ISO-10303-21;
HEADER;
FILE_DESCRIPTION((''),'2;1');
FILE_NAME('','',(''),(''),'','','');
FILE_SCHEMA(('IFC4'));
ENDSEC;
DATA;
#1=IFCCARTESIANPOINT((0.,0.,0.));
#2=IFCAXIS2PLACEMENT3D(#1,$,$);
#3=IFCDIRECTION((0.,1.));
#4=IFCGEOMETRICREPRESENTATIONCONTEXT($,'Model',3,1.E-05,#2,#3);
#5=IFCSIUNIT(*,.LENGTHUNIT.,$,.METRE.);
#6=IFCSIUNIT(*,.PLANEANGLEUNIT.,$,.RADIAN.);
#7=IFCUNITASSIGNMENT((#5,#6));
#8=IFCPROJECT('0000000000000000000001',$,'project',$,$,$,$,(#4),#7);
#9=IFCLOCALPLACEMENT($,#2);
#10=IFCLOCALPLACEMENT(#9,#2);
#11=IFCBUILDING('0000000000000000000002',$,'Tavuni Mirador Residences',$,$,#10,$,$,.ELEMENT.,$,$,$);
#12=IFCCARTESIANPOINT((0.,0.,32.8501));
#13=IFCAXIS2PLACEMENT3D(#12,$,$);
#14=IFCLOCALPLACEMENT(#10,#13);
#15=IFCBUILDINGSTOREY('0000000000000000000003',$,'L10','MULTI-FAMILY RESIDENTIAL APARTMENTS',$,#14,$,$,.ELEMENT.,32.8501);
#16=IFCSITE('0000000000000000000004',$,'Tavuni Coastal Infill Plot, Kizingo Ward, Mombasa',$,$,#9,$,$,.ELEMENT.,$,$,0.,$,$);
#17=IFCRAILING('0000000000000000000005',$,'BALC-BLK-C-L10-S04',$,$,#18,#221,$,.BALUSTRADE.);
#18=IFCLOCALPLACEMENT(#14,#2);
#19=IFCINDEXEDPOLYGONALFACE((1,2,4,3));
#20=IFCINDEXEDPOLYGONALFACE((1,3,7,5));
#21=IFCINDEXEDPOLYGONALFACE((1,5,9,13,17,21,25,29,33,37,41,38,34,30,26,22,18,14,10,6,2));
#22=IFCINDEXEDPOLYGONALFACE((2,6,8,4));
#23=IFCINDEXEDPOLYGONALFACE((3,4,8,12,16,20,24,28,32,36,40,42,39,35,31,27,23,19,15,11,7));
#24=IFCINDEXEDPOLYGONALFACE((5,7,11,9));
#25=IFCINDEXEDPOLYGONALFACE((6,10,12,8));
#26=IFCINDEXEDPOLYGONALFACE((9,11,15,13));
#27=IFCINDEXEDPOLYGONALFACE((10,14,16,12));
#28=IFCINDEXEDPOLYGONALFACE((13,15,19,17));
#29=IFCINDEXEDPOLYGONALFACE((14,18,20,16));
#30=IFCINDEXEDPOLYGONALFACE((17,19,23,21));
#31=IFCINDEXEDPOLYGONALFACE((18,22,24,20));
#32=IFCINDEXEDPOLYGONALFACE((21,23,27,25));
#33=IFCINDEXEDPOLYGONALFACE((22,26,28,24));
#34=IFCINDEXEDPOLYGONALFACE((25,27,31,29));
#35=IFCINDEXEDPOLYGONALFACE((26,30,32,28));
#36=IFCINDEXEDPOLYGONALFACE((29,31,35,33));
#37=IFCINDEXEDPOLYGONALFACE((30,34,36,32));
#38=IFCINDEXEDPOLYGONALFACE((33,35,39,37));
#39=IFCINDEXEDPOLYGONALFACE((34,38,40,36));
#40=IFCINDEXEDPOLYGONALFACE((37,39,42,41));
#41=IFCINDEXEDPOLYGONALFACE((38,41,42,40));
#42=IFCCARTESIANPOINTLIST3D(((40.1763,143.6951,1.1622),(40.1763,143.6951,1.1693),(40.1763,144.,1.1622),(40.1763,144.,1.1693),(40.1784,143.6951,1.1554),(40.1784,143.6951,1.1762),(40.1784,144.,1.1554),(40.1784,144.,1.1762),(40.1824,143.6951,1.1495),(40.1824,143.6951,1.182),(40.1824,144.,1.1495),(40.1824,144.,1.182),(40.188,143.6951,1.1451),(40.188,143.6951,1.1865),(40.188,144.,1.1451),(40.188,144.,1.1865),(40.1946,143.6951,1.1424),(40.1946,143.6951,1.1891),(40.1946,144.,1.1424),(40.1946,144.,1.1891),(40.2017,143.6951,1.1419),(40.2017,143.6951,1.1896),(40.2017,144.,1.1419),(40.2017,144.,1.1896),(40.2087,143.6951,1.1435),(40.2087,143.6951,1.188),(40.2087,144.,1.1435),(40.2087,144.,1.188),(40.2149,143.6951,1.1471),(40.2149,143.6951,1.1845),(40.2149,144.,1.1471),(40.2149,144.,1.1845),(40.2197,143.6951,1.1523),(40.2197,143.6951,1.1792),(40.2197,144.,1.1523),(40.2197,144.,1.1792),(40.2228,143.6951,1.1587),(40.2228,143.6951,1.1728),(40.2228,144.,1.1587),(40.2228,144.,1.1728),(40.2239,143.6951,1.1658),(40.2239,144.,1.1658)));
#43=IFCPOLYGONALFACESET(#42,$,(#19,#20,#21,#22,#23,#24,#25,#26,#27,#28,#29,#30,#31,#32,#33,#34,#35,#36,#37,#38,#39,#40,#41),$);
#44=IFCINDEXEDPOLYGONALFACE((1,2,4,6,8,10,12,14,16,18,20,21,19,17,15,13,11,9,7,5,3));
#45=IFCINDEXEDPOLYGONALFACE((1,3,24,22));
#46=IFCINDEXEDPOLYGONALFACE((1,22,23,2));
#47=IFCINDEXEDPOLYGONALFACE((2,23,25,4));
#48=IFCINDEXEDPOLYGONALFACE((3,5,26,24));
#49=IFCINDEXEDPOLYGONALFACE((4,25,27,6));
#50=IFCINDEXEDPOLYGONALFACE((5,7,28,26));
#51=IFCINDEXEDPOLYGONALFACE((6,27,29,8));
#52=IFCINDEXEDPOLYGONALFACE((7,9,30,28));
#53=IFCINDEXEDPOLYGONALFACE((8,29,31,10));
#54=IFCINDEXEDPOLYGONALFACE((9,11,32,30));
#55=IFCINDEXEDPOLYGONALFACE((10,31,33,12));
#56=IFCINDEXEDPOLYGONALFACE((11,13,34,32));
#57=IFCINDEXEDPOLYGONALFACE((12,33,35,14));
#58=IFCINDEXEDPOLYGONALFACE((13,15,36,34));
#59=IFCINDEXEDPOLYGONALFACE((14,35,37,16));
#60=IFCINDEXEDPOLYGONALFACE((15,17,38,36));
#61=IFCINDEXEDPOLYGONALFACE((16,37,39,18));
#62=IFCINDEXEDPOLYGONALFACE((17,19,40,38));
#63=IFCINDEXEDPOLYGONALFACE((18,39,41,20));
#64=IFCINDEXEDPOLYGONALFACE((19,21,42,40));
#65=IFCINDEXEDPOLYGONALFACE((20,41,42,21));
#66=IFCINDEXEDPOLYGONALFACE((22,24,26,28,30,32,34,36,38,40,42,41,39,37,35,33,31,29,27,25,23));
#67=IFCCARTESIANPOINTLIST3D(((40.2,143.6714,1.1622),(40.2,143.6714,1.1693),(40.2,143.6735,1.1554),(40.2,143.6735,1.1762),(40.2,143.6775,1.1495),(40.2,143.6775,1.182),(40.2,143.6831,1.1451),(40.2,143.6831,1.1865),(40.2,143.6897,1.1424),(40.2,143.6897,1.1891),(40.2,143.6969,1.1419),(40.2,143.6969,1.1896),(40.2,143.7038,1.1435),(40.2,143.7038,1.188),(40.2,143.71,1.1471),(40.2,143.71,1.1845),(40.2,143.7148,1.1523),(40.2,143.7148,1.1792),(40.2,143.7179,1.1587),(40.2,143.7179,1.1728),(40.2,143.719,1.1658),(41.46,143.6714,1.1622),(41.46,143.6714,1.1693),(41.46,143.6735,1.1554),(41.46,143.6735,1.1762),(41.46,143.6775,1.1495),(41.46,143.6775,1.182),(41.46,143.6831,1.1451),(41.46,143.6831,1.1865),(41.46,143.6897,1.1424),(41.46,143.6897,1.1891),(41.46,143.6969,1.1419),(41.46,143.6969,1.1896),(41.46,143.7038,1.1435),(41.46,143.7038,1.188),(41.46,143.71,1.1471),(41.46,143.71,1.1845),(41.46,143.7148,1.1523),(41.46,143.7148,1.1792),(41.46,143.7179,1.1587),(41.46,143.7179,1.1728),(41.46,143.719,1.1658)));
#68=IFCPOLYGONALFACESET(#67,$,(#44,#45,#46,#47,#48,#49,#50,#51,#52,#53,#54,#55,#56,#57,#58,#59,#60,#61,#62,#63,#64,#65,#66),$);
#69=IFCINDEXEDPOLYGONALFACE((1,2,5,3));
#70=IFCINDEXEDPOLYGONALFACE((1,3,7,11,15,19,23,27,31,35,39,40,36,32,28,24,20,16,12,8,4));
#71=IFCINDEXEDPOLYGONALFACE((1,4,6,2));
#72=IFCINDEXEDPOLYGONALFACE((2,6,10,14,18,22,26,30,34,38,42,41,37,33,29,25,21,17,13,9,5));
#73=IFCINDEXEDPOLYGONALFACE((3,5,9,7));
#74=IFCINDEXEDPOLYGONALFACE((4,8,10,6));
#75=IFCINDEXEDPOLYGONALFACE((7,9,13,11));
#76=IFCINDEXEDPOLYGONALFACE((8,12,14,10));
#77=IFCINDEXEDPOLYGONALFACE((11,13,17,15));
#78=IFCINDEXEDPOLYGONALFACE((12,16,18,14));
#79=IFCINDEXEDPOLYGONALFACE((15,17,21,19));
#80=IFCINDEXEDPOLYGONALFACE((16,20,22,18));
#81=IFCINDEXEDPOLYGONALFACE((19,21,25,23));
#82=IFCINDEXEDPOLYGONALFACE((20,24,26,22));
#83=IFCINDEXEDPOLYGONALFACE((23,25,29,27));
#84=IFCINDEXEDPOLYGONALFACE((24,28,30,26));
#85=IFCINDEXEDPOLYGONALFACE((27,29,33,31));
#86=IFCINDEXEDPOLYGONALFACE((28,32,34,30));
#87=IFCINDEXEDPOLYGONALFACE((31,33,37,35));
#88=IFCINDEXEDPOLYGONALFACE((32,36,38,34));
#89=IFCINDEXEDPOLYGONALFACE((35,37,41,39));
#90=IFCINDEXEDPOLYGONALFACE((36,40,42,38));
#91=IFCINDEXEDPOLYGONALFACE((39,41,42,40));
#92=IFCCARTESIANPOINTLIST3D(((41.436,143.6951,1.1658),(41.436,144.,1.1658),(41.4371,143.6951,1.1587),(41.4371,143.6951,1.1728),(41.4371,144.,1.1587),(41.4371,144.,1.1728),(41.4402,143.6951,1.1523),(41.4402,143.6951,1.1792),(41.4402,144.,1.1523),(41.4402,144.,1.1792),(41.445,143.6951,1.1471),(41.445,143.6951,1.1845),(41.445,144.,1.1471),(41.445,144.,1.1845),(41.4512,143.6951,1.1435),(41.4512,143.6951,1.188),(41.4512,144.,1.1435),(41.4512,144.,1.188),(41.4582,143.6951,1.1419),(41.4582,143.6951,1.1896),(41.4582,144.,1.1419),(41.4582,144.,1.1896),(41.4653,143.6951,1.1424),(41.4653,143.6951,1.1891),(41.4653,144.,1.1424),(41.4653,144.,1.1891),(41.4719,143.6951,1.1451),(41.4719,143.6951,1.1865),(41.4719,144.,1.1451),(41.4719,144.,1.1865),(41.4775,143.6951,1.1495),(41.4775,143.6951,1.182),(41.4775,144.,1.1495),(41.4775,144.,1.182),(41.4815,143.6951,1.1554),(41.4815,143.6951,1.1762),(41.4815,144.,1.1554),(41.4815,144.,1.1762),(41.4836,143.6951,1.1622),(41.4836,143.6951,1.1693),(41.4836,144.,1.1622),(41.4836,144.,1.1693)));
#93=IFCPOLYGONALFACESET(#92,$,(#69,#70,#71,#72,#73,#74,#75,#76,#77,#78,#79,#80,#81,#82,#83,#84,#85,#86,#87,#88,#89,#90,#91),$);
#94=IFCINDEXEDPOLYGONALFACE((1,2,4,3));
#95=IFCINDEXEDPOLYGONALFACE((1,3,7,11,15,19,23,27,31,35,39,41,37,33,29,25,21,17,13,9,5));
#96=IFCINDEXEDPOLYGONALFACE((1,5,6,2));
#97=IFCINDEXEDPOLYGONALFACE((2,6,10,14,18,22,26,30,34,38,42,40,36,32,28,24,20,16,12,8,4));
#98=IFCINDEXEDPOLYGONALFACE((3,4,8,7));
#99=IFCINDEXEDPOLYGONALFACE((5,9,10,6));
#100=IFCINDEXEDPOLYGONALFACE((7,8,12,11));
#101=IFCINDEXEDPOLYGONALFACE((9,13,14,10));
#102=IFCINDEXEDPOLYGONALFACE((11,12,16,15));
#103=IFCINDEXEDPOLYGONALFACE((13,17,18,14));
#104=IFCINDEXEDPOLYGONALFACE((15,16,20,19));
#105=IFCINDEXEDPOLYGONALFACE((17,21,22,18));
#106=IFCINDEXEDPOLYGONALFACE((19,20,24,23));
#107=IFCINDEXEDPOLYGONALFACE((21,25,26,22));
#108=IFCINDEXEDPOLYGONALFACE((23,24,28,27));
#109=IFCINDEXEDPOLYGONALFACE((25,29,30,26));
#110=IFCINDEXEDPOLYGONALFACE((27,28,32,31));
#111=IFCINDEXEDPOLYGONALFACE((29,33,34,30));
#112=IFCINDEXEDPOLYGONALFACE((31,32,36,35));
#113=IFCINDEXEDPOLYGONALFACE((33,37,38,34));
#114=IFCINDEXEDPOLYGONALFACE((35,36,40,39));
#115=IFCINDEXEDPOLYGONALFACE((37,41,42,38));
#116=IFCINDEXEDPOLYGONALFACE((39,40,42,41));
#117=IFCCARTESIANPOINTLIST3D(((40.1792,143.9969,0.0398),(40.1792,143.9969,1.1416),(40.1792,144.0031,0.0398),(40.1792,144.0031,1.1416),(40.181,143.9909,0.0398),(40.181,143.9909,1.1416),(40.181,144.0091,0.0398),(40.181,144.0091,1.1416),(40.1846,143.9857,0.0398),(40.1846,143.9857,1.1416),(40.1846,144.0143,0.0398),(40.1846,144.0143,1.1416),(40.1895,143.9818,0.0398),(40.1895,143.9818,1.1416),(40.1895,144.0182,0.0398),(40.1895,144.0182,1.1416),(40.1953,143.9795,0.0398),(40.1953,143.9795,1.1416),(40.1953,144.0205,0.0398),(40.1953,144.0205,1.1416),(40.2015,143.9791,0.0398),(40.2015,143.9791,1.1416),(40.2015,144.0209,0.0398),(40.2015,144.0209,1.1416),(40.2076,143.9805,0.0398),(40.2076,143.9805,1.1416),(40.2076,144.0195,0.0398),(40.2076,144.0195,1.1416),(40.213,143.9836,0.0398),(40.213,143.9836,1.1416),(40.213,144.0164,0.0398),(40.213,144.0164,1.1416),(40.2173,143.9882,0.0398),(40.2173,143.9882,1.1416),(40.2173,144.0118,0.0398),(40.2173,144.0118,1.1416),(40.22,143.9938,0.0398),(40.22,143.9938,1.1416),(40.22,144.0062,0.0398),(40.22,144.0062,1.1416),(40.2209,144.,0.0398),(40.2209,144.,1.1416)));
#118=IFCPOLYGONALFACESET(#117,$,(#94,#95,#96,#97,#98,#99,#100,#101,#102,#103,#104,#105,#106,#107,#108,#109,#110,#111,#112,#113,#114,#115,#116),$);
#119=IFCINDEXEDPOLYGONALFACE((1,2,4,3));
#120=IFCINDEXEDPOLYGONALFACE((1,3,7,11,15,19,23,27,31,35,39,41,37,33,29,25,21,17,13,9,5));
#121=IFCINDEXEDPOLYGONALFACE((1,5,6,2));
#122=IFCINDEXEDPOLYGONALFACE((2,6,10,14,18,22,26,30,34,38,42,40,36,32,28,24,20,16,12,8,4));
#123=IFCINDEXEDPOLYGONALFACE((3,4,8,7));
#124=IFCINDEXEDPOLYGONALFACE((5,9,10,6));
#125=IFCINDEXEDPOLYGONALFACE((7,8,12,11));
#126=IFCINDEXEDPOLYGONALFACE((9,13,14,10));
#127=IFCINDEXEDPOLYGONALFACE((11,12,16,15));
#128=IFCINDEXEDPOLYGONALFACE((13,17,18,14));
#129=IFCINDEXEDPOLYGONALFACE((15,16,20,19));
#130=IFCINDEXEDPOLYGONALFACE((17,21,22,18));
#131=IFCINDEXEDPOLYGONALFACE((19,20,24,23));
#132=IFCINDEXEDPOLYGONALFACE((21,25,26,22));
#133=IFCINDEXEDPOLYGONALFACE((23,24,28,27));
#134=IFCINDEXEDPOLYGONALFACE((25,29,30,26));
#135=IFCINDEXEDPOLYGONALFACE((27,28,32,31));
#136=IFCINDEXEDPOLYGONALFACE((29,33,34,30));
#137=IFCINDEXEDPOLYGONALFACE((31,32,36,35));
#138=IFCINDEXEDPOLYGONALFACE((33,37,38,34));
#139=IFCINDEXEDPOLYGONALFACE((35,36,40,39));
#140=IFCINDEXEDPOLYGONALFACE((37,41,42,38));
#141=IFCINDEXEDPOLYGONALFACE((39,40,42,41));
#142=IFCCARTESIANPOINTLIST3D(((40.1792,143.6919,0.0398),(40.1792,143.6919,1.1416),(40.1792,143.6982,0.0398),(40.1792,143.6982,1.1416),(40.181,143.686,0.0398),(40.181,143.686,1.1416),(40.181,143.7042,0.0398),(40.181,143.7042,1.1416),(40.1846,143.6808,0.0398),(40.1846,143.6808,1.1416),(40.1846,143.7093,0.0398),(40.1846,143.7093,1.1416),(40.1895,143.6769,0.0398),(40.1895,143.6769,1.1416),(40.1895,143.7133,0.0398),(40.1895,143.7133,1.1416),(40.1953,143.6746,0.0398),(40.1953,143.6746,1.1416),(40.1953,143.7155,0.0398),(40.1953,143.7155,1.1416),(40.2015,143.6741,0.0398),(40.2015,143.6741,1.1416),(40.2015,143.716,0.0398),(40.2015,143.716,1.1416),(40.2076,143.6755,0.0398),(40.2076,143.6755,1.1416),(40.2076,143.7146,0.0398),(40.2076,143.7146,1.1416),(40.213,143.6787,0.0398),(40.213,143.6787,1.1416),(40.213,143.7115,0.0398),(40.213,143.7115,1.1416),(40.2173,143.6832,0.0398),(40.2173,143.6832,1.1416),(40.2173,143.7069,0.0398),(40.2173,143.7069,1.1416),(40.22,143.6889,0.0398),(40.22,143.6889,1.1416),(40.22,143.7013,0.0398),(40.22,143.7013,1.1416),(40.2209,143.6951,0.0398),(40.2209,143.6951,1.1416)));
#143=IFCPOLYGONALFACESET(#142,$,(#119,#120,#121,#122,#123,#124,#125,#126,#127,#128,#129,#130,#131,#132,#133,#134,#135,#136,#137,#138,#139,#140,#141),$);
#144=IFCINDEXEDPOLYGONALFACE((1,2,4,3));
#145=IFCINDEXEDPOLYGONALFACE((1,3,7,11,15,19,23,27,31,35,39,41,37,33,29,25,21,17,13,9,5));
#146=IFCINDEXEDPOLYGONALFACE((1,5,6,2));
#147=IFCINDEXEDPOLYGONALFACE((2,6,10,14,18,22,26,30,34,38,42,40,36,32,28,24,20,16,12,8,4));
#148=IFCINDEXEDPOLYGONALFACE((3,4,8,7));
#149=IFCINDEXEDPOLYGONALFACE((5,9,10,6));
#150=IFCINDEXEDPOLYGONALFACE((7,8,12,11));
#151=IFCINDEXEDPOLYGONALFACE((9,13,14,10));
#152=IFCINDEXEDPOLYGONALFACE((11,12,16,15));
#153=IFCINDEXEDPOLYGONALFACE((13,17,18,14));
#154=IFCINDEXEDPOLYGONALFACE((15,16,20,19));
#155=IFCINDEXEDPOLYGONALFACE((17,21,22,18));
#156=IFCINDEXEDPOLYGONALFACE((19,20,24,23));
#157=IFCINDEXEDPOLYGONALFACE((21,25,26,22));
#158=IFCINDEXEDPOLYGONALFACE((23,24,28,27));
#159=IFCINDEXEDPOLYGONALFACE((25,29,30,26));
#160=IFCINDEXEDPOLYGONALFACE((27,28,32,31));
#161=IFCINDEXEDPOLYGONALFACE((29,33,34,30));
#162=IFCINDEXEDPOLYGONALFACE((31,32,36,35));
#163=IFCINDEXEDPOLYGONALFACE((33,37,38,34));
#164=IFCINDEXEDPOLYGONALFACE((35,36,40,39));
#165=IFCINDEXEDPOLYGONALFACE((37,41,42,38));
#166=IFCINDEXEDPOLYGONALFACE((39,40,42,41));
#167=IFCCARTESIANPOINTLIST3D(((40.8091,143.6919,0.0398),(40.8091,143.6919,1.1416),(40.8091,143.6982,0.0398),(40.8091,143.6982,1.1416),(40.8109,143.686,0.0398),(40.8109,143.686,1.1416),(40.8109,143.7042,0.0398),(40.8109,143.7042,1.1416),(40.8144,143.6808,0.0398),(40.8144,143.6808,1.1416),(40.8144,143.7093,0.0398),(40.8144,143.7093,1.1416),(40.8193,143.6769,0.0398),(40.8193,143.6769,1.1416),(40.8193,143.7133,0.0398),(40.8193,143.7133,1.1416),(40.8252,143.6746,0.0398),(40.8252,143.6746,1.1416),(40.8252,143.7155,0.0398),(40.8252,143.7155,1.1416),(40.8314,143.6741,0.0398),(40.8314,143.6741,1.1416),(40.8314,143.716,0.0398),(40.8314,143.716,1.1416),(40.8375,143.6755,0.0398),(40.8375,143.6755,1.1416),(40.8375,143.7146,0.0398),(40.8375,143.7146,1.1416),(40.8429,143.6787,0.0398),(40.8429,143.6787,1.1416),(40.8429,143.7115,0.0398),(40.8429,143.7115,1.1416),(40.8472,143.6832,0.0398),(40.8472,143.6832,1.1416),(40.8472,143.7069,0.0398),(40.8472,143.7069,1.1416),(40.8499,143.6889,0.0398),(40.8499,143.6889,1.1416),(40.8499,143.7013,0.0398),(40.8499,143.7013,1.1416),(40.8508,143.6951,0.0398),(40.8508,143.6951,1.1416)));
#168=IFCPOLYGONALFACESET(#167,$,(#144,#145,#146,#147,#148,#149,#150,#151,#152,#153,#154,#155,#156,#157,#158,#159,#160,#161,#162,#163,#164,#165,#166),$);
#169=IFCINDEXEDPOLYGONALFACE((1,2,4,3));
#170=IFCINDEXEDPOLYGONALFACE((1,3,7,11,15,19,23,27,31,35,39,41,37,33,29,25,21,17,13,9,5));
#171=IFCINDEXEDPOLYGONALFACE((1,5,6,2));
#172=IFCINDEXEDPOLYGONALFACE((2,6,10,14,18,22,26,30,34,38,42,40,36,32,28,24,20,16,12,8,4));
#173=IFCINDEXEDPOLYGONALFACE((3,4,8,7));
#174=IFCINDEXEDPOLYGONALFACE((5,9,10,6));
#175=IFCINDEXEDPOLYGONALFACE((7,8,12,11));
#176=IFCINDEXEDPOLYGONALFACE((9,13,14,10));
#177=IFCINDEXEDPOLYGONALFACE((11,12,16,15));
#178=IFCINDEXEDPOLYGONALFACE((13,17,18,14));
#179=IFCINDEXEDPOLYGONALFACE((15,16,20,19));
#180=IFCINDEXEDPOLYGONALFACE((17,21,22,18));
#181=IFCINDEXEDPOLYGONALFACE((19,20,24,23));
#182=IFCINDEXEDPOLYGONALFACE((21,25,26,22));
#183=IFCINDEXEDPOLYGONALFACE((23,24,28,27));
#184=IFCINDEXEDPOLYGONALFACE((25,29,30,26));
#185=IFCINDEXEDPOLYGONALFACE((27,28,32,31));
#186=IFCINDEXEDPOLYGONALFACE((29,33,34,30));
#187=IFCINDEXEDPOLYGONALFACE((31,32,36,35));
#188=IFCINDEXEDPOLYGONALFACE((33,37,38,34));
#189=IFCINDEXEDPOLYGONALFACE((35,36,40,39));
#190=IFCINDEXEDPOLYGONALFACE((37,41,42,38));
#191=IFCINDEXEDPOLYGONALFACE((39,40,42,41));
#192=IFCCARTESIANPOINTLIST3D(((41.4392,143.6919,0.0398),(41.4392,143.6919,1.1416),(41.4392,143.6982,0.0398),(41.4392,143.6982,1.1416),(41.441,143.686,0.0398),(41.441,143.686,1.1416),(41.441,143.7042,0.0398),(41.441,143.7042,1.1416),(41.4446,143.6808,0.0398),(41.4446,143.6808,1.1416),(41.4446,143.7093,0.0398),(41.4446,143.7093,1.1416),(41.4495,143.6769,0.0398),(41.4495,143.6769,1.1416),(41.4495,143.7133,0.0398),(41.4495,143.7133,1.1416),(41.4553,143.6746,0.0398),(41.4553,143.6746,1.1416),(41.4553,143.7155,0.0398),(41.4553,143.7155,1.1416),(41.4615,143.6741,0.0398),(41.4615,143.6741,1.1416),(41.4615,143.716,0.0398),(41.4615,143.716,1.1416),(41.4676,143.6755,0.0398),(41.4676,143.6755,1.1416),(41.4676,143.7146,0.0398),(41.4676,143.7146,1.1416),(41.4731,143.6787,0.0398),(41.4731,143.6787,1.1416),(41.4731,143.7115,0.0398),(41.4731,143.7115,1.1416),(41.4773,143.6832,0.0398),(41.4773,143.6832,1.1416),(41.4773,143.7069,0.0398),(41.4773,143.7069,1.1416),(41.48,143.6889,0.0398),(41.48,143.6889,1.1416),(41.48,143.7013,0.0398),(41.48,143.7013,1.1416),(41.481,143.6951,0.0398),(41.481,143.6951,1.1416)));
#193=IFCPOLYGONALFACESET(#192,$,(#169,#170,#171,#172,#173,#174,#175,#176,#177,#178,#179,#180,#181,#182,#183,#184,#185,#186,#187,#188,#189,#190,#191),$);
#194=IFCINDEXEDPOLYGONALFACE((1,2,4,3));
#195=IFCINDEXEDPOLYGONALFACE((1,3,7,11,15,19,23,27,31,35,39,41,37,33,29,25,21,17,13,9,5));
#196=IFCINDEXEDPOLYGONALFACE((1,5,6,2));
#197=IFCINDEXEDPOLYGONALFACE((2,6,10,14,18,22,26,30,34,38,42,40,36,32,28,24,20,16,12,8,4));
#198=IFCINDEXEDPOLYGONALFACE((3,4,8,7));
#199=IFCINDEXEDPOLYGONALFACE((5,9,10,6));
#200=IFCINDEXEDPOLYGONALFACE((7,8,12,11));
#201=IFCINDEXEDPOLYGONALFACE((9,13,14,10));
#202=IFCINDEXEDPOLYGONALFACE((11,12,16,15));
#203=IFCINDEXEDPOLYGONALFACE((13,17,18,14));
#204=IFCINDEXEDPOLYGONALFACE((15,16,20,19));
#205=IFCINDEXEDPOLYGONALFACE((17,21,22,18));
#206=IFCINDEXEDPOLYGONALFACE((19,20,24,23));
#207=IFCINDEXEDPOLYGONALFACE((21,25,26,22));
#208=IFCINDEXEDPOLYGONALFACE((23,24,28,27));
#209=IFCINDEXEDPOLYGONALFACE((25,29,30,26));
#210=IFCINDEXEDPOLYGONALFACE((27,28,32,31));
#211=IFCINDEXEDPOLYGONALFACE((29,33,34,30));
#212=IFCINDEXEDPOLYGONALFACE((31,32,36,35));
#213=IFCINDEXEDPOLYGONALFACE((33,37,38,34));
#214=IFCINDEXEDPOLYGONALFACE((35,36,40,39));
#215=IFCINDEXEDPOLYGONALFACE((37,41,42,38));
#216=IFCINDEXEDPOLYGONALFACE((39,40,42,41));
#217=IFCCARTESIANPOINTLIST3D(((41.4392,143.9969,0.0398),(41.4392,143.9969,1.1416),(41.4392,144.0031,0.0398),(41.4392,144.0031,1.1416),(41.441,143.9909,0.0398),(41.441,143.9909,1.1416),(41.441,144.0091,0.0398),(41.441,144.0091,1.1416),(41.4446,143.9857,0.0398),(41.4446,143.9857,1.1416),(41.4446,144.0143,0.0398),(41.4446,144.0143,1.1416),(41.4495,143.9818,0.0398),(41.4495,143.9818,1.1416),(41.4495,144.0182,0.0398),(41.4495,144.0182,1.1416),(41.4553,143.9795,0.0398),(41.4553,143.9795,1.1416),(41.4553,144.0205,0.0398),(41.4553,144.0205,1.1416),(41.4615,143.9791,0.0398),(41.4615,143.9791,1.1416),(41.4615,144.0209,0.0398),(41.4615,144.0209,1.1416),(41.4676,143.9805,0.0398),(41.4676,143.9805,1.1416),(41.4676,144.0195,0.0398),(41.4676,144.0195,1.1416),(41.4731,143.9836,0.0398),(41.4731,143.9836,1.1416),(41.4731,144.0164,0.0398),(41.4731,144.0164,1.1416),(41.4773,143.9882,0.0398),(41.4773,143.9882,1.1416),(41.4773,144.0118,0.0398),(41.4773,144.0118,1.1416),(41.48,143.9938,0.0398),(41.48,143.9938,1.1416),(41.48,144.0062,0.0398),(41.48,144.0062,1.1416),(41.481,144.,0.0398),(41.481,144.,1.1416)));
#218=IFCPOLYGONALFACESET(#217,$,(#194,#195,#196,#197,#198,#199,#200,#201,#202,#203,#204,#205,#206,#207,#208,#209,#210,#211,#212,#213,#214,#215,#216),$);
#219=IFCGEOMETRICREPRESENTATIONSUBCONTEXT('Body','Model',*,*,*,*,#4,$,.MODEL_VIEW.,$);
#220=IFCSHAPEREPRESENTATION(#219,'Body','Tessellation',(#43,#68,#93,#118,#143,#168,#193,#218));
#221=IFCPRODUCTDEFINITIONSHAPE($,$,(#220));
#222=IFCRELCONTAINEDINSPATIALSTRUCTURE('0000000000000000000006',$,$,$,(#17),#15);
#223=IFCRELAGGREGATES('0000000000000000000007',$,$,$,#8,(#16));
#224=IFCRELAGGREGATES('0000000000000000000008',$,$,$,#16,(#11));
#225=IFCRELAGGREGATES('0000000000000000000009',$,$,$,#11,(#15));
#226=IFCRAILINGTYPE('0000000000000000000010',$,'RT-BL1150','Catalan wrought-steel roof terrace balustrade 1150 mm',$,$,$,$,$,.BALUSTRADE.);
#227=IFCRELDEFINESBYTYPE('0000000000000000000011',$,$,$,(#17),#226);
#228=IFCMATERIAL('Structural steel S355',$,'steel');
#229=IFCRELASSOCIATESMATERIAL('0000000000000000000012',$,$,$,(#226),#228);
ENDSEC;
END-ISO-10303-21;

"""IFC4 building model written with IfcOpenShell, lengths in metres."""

from ifc_helpers import new_model, si_unit, direction, frame, origin, origin_2d, place, context, subcontext, project, spatial, circle, extrude, material, type_object, element, save


model = new_model("IFC4")

# Units and contexts
model_context = context("Model", 3, precision=1e-05, world=origin(), true_north=direction((0.0, 1.0)))
body_context = subcontext(model_context, "Body", "Model", "MODEL_VIEW")
ifc_project = project(units=[si_unit("LENGTHUNIT", "METRE"), si_unit("PLANEANGLEUNIT", "RADIAN")], contexts=[model_context])

# Site, building, storey
site_placement = place(None, origin())
site = spatial("IfcSite", under=ifc_project, at=site_placement, Name="Tavuni Coastal Infill Plot, Kizingo Ward, Mombasa", CompositionType="ELEMENT", RefElevation=0.0)
building_placement = place(site_placement, origin())
building = spatial("IfcBuilding", under=site, at=building_placement, Name="Tavuni Mirador Residences", CompositionType="ELEMENT")
storey_placement = place(building_placement, frame((0.0, 0.0, 32.8501)))
storey = spatial("IfcBuildingStorey", under=building, at=storey_placement, Name="L10", Description="MULTI-FAMILY RESIDENTIAL APARTMENTS", CompositionType="ELEMENT", Elevation=32.8501)

# Railing
ifc_material_1 = material(Name="Structural steel S355", Category="steel")
railing_type = type_object("IfcRailingType", Name="RT-BL1150", Description="Catalan wrought-steel roof terrace balustrade 1150 mm", PredefinedType="BALUSTRADE", material=ifc_material_1)
railing_placement = place(storey_placement, frame((40.2, 144.0, 0.0398)))
element("IfcRailing", 1, at=railing_placement, inside=storey, type_object=railing_type, Name="BALC-BLK-C-L10-S04", PredefinedType="BALUSTRADE", context=body_context, shape_type="SweptSolid", body=[
    extrude(circle(Radius=0.0239, at=origin_2d()), frame((0.0, 0.0, 1.126), z_axis=(0.0, -1.0, 0.0), x_axis=(1.0, 0.0, 0.0)), (0.0, 0.0, 1.0), 0.3049),
    extrude(circle(Radius=0.0239, at=origin_2d()), frame((0.0, -0.3049, 1.126), z_axis=(1.0, 0.0, 0.0), x_axis=(0.0, 1.0, 0.0)), (0.0, 0.0, 1.0), 1.26),
    extrude(circle(Radius=0.0239, at=origin_2d()), frame((1.26, -0.3049, 1.126), z_axis=(0.0, 1.0, 0.0), x_axis=(-1.0, 0.0, 0.0)), (0.0, 0.0, 1.0), 0.3049),
    extrude(circle(Radius=0.021, at=origin_2d()), origin(), (0.0, 0.0, 1.0), 1.1018),
    extrude(circle(Radius=0.021, at=origin_2d()), frame((0.0, -0.3049, 0.0)), (0.0, 0.0, 1.0), 1.1018),
    extrude(circle(Radius=0.021, at=origin_2d()), frame((0.6299, -0.3049, 0.0)), (0.0, 0.0, 1.0), 1.1018),
    extrude(circle(Radius=0.021, at=origin_2d()), frame((1.26, -0.3049, 0.0)), (0.0, 0.0, 1.0), 1.1018),
    extrude(circle(Radius=0.021, at=origin_2d()), frame((1.26, 0.0, 0.0)), (0.0, 0.0, 1.0), 1.1018),
])

save(model, "model.ifc")
